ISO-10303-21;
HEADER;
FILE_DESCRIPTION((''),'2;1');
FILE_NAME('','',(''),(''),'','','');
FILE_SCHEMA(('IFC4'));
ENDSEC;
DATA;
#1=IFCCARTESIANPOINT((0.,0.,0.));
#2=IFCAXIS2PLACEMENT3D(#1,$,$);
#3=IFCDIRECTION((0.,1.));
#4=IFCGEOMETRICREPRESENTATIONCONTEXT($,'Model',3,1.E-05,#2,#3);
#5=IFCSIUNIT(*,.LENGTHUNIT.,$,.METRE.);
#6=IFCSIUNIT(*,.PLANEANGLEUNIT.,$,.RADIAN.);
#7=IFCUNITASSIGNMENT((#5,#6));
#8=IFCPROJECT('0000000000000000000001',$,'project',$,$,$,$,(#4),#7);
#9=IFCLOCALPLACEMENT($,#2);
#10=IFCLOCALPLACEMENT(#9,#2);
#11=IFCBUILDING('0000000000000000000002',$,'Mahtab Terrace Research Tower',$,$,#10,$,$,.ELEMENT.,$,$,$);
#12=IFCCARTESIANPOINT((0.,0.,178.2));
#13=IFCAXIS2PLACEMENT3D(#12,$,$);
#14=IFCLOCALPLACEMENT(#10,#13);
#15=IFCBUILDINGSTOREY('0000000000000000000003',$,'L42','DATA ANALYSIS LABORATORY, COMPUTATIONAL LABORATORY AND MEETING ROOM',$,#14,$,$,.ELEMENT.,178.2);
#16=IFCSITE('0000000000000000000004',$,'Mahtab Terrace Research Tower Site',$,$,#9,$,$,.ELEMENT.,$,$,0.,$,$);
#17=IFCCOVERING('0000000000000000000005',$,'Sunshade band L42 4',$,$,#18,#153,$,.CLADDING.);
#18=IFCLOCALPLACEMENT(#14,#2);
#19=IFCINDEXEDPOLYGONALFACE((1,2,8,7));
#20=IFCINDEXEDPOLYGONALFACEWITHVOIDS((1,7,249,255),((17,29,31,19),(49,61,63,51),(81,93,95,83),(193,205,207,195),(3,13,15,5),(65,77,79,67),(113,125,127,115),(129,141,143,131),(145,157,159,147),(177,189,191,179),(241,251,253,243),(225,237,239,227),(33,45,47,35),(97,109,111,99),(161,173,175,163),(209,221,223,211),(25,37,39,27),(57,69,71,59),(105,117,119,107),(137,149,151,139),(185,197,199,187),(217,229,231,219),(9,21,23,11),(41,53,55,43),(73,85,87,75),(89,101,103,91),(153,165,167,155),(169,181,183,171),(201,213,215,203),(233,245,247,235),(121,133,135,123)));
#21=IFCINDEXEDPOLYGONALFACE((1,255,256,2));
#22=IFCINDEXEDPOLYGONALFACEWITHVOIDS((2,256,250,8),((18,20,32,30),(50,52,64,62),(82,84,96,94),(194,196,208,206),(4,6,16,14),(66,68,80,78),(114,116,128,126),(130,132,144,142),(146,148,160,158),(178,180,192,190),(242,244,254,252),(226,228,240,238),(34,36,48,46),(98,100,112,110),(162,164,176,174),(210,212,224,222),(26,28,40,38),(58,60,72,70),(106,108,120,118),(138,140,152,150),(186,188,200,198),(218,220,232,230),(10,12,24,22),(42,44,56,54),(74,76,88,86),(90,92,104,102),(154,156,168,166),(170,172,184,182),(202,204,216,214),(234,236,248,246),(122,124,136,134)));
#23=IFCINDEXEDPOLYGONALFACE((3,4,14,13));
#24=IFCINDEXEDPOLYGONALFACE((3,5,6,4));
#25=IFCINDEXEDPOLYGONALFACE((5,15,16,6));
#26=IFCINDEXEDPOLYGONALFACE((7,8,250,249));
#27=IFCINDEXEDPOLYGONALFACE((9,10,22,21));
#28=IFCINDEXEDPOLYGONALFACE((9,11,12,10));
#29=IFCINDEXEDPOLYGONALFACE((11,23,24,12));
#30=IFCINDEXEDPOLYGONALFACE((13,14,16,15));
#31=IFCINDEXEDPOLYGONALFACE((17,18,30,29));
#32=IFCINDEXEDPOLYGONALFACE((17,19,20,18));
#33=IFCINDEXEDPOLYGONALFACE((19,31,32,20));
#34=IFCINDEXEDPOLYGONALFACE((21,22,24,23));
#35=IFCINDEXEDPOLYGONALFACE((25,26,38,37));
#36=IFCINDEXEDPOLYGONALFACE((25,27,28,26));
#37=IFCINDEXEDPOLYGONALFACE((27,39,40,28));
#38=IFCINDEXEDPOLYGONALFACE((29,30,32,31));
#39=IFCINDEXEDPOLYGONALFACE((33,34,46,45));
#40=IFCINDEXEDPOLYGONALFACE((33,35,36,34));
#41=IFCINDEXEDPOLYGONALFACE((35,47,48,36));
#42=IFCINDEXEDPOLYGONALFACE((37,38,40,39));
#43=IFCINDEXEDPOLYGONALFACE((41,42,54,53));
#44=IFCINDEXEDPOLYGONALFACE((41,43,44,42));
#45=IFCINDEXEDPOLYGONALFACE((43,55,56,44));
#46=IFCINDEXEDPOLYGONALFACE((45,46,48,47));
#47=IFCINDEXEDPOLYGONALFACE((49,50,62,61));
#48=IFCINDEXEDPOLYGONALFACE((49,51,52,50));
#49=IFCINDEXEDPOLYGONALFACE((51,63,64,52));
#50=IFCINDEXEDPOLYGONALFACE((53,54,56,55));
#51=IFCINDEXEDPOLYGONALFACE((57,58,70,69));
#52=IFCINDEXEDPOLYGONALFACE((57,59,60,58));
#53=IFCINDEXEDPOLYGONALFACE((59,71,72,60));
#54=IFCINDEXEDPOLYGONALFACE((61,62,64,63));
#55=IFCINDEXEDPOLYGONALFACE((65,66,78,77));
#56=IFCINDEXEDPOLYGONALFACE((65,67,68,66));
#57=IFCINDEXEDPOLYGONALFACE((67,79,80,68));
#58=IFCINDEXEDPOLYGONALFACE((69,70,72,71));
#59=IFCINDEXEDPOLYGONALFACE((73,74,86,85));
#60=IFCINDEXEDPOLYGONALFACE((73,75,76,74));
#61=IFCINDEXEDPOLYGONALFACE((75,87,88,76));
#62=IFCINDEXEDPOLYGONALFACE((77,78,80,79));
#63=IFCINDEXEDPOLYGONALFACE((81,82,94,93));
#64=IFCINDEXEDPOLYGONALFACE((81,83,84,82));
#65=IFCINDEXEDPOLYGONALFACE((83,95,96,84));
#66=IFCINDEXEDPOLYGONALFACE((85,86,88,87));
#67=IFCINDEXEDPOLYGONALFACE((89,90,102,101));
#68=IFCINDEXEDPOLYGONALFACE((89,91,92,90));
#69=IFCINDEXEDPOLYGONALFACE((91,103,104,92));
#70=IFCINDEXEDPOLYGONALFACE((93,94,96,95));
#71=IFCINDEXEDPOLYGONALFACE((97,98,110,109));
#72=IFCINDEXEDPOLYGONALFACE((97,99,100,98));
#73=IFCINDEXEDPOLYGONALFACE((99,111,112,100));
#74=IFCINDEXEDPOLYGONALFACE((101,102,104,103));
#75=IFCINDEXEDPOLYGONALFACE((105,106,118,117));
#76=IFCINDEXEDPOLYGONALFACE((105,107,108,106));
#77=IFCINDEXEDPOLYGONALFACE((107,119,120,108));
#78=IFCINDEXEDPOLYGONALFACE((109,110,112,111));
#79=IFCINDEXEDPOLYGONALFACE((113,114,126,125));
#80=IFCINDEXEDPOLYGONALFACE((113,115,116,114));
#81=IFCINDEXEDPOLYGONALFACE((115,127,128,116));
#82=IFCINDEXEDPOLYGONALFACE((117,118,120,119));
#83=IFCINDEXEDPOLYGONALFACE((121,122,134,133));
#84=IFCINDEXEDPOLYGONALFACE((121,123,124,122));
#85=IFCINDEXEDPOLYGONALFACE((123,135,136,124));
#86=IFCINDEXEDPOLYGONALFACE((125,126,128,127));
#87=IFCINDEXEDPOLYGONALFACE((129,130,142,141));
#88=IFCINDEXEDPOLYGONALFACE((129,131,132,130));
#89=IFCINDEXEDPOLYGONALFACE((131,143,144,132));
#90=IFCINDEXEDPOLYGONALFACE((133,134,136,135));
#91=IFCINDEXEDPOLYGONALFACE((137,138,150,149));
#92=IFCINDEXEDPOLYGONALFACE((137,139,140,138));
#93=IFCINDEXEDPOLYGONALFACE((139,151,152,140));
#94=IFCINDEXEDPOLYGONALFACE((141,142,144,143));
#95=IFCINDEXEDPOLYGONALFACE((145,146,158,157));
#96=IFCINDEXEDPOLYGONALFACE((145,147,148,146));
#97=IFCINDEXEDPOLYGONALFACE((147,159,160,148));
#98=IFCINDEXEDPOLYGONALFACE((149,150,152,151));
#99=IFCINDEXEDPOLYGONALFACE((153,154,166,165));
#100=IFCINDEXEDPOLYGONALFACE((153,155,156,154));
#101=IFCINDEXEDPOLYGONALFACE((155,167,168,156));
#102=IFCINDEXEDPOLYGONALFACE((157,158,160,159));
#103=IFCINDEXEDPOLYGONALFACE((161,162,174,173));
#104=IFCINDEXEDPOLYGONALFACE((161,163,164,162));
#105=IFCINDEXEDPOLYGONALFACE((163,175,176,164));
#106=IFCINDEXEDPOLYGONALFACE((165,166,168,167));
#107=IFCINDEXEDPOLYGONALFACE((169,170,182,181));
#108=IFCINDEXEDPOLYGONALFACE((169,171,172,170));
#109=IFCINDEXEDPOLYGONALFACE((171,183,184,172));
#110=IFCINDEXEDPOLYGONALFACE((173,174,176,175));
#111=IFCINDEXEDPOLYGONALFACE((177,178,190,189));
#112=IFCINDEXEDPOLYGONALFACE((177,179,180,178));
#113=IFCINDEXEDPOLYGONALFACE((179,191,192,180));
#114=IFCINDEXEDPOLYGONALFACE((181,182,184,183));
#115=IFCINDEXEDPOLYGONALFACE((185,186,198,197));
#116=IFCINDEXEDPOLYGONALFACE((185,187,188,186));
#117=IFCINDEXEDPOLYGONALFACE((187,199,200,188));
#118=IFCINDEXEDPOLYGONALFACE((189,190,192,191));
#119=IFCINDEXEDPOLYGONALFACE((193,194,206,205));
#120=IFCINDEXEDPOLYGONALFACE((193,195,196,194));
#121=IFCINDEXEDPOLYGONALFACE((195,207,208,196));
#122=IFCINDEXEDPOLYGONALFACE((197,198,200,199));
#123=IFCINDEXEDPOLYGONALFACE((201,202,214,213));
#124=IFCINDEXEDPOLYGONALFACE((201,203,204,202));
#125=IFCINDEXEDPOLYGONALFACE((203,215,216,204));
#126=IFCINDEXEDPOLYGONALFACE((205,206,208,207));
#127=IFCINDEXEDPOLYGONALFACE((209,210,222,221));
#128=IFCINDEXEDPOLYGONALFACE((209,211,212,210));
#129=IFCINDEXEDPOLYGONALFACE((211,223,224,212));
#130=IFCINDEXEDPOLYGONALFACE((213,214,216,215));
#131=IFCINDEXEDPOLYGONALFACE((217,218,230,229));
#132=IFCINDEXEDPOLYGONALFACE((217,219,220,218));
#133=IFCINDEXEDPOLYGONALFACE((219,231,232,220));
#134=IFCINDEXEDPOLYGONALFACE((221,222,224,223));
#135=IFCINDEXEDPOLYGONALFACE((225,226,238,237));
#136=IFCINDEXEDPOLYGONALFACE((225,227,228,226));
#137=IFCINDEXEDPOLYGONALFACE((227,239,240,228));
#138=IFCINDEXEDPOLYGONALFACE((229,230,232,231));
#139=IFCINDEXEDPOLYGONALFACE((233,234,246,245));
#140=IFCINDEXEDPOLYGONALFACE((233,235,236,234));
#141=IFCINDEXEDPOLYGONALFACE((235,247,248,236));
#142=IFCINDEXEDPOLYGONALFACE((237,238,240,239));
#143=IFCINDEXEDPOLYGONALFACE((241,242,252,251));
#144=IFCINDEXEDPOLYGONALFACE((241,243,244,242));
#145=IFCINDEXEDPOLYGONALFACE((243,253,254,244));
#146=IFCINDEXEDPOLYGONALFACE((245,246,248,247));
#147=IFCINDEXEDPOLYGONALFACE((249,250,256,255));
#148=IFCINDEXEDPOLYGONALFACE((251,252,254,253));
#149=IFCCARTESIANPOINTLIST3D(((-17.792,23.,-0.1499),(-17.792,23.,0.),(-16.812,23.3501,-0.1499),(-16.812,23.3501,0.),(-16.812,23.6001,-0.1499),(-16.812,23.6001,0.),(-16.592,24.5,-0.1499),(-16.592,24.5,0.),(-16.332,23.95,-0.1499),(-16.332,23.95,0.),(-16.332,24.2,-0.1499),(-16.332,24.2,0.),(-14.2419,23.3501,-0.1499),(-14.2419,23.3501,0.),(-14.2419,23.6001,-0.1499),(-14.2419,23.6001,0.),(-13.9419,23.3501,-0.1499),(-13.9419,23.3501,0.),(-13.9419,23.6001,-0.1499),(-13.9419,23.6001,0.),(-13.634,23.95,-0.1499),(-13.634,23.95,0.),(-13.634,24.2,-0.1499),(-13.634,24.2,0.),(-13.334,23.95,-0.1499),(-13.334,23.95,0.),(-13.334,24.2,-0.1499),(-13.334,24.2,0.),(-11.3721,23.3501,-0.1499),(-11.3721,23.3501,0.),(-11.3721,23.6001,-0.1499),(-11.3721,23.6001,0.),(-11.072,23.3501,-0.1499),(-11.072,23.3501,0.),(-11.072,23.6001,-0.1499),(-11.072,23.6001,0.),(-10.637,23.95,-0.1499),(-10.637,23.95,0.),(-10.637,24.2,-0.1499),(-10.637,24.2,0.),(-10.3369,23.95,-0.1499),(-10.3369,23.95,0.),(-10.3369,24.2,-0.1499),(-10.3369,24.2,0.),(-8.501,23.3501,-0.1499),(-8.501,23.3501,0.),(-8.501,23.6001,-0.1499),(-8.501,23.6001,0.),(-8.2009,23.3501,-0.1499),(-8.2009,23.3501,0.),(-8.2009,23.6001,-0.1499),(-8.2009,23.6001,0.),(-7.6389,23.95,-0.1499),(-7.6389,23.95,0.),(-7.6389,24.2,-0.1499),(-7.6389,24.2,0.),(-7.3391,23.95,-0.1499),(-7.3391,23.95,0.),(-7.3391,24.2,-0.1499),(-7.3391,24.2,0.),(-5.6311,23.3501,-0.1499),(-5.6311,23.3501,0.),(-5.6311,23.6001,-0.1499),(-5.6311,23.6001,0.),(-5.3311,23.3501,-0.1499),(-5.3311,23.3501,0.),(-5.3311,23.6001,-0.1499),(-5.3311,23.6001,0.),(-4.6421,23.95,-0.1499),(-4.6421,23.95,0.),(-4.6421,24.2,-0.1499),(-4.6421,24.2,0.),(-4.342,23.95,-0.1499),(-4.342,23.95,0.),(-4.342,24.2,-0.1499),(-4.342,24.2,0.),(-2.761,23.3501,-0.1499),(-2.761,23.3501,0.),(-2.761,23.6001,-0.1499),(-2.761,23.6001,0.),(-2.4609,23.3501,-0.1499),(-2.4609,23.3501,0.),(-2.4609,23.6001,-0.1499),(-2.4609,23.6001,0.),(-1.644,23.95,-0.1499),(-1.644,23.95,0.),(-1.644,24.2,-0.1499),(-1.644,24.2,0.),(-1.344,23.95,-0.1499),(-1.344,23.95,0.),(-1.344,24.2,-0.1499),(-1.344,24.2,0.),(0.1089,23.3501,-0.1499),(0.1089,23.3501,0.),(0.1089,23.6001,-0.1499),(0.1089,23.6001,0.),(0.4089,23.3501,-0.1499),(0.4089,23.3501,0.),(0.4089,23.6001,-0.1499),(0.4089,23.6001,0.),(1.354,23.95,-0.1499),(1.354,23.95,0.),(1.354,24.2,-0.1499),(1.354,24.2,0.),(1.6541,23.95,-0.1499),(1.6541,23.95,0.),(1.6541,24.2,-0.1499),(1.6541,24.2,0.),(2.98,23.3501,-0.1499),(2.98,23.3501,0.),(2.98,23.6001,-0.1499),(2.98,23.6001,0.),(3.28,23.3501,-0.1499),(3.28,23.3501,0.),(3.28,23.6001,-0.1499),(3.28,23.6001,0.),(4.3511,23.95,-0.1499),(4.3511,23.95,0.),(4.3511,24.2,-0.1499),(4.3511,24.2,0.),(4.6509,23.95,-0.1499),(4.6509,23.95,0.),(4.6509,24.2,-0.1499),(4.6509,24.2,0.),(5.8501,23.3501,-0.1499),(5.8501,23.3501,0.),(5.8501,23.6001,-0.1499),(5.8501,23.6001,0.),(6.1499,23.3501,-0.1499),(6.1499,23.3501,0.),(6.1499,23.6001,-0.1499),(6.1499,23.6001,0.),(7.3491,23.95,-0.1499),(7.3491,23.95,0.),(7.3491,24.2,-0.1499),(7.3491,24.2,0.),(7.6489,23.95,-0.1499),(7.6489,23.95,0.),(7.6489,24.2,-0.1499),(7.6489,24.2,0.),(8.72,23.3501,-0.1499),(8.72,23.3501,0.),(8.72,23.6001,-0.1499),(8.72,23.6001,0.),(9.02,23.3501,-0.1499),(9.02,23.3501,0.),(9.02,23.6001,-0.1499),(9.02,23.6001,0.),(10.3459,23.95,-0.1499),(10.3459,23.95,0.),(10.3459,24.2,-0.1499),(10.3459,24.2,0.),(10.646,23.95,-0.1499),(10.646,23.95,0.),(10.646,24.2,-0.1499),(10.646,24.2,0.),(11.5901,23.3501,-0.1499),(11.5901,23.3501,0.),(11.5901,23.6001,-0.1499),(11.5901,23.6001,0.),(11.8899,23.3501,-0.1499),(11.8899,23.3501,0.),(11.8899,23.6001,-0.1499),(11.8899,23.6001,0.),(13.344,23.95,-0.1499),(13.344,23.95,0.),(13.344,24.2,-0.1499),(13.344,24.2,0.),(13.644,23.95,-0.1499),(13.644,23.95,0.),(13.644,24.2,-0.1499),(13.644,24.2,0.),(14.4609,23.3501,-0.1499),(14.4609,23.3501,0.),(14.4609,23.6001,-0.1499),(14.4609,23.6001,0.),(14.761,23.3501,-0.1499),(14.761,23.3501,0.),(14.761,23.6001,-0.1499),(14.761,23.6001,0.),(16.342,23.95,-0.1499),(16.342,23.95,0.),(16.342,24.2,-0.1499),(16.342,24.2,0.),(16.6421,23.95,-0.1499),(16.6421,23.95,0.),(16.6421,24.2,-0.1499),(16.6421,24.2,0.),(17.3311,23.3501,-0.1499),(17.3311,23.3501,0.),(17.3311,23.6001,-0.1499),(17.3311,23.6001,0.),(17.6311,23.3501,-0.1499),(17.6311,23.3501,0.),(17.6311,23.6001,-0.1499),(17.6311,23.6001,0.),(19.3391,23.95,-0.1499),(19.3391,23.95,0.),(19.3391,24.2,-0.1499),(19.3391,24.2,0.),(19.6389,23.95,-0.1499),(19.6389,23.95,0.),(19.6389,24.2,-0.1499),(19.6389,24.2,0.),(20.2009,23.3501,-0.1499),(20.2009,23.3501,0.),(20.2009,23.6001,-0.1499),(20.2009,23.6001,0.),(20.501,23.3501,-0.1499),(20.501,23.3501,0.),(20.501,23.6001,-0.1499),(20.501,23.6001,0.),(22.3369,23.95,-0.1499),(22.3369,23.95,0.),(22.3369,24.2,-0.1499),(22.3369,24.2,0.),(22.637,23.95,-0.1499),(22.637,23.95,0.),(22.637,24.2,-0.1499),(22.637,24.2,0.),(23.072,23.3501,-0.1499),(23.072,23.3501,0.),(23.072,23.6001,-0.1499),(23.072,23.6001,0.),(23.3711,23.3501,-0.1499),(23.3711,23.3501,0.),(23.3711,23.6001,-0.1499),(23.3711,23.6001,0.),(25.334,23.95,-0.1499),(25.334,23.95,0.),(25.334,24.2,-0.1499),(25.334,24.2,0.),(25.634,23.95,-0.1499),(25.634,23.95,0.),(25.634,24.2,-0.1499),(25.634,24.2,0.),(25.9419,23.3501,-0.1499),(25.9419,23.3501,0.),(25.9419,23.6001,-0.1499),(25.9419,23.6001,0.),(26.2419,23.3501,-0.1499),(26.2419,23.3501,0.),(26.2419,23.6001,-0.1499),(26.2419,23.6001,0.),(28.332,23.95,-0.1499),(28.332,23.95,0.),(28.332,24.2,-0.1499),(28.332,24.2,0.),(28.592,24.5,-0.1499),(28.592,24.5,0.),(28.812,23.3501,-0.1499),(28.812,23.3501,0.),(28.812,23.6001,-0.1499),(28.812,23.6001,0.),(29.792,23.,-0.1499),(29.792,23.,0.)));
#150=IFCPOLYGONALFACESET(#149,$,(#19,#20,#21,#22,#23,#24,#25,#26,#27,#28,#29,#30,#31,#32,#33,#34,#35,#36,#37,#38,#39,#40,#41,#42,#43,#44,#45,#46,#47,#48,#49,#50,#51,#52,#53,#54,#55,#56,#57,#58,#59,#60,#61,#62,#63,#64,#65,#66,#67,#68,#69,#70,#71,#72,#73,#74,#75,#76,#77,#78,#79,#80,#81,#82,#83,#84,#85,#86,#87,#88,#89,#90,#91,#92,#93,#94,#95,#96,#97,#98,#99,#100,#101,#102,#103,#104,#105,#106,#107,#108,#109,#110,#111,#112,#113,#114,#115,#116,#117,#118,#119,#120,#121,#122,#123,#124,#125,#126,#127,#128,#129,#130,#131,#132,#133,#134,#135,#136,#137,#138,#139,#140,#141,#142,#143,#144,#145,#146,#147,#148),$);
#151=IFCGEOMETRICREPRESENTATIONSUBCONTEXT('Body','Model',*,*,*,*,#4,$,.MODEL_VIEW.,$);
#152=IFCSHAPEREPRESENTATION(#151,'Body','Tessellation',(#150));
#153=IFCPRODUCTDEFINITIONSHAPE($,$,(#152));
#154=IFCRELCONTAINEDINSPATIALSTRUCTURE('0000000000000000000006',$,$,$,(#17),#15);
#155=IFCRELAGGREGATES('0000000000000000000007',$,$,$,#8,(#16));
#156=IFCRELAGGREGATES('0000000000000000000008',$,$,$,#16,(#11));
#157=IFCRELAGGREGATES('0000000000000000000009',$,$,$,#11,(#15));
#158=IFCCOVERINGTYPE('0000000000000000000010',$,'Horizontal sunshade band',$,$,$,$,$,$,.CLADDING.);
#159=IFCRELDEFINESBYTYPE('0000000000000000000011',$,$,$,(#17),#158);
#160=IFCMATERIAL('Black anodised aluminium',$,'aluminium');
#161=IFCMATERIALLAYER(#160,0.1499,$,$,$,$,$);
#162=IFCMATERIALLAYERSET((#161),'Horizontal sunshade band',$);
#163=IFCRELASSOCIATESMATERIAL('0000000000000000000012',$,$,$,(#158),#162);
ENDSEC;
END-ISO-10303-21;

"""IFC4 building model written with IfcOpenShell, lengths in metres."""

from ifc_helpers import new_model, si_unit, direction, frame, origin, place, context, subcontext, project, spatial, polyline, outline, extrude, material, layer, layer_set, type_object, element, save


model = new_model("IFC4")

# Units and contexts
model_context = context("Model", 3, precision=1e-05, world=origin(), true_north=direction((0.0, 1.0)))
body_context = subcontext(model_context, "Body", "Model", "MODEL_VIEW")
ifc_project = project(units=[si_unit("LENGTHUNIT", "METRE"), si_unit("PLANEANGLEUNIT", "RADIAN")], contexts=[model_context])

# Site, building, storey
site_placement = place(None, origin())
site = spatial("IfcSite", under=ifc_project, at=site_placement, Name="Mahtab Terrace Research Tower Site", CompositionType="ELEMENT", RefElevation=0.0)
building_placement = place(site_placement, origin())
building = spatial("IfcBuilding", under=site, at=building_placement, Name="Mahtab Terrace Research Tower", CompositionType="ELEMENT")
storey_placement = place(building_placement, frame((0.0, 0.0, 178.2)))
storey = spatial("IfcBuildingStorey", under=building, at=storey_placement, Name="L42", Description="DATA ANALYSIS LABORATORY, COMPUTATIONAL LABORATORY AND MEETING ROOM", CompositionType="ELEMENT", Elevation=178.2)

# Covering
ifc_material_1 = material(Name="Black anodised aluminium", Category="aluminium")
ifc_layer_1 = layer(ifc_material_1, 0.1499)
ifc_layer_set_1 = layer_set([ifc_layer_1], Name="Horizontal sunshade band")
covering_type = type_object("IfcCoveringType", Name="Horizontal sunshade band", PredefinedType="CLADDING", material=ifc_layer_set_1)
covering_1_placement = place(storey_placement, frame((0.0, 0.0, -0.1499)))
element("IfcCovering", 1, at=covering_1_placement, inside=storey, type_object=covering_type, Name="Sunshade band L42 4", PredefinedType="CLADDING", context=body_context, shape_type="SweptSolid", body=[
    extrude(outline(polyline([(29.792, 23.0), (-17.792, 23.0), (-16.592, 24.5), (28.592, 24.5), (29.792, 23.0)]), holes=[polyline([(28.812, 23.3501), (26.2419, 23.3501), (26.2419, 23.6001), (28.812, 23.6001), (28.812, 23.3501)]), polyline([(25.9419, 23.3501), (23.3711, 23.3501), (23.3711, 23.6001), (25.9419, 23.6001), (25.9419, 23.3501)]), polyline([(23.072, 23.3501), (20.501, 23.3501), (20.501, 23.6001), (23.072, 23.6001), (23.072, 23.3501)]), polyline([(20.2009, 23.3501), (17.6311, 23.3501), (17.6311, 23.6001), (20.2009, 23.6001), (20.2009, 23.3501)]), polyline([(17.3311, 23.3501), (14.761, 23.3501), (14.761, 23.6001), (17.3311, 23.6001), (17.3311, 23.3501)]), polyline([(14.4609, 23.3501), (11.8899, 23.3501), (11.8899, 23.6001), (14.4609, 23.6001), (14.4609, 23.3501)]), polyline([(11.5901, 23.3501), (9.02, 23.3501), (9.02, 23.6001), (11.5901, 23.6001), (11.5901, 23.3501)]), polyline([(8.72, 23.3501), (6.1499, 23.3501), (6.1499, 23.6001), (8.72, 23.6001), (8.72, 23.3501)]), polyline([(5.8501, 23.3501), (3.28, 23.3501), (3.28, 23.6001), (5.8501, 23.6001), (5.8501, 23.3501)]), polyline([(2.98, 23.3501), (0.4089, 23.3501), (0.4089, 23.6001), (2.98, 23.6001), (2.98, 23.3501)]), polyline([(0.1089, 23.3501), (-2.4609, 23.3501), (-2.4609, 23.6001), (0.1089, 23.6001), (0.1089, 23.3501)]), polyline([(-2.761, 23.3501), (-5.3311, 23.3501), (-5.3311, 23.6001), (-2.761, 23.6001), (-2.761, 23.3501)]), polyline([(-5.6311, 23.3501), (-8.2009, 23.3501), (-8.2009, 23.6001), (-5.6311, 23.6001), (-5.6311, 23.3501)]), polyline([(-8.501, 23.3501), (-11.072, 23.3501), (-11.072, 23.6001), (-8.501, 23.6001), (-8.501, 23.3501)]), polyline([(-11.3721, 23.3501), (-13.9419, 23.3501), (-13.9419, 23.6001), (-11.3721, 23.6001), (-11.3721, 23.3501)]), polyline([(-14.2419, 23.3501), (-16.812, 23.3501), (-16.812, 23.6001), (-14.2419, 23.6001), (-14.2419, 23.3501)]), polyline([(28.332, 23.95), (25.634, 23.95), (25.634, 24.2), (28.332, 24.2), (28.332, 23.95)]), polyline([(25.334, 23.95), (22.637, 23.95), (22.637, 24.2), (25.334, 24.2), (25.334, 23.95)]), polyline([(22.3369, 23.95), (19.6389, 23.95), (19.6389, 24.2), (22.3369, 24.2), (22.3369, 23.95)]), polyline([(19.3391, 23.95), (16.6421, 23.95), (16.6421, 24.2), (19.3391, 24.2), (19.3391, 23.95)]), polyline([(16.342, 23.95), (13.644, 23.95), (13.644, 24.2), (16.342, 24.2), (16.342, 23.95)]), polyline([(13.344, 23.95), (10.646, 23.95), (10.646, 24.2), (13.344, 24.2), (13.344, 23.95)]), polyline([(10.3459, 23.95), (7.6489, 23.95), (7.6489, 24.2), (10.3459, 24.2), (10.3459, 23.95)]), polyline([(7.3491, 23.95), (4.6509, 23.95), (4.6509, 24.2), (7.3491, 24.2), (7.3491, 23.95)]), polyline([(4.3511, 23.95), (1.6541, 23.95), (1.6541, 24.2), (4.3511, 24.2), (4.3511, 23.95)]), polyline([(1.354, 23.95), (-1.344, 23.95), (-1.344, 24.2), (1.354, 24.2), (1.354, 23.95)]), polyline([(-1.644, 23.95), (-4.342, 23.95), (-4.342, 24.2), (-1.644, 24.2), (-1.644, 23.95)]), polyline([(-4.6421, 23.95), (-7.3391, 23.95), (-7.3391, 24.2), (-4.6421, 24.2), (-4.6421, 23.95)]), polyline([(-7.6389, 23.95), (-10.3369, 23.95), (-10.3369, 24.2), (-7.6389, 24.2), (-7.6389, 23.95)]), polyline([(-10.637, 23.95), (-13.334, 23.95), (-13.334, 24.2), (-10.637, 24.2), (-10.637, 23.95)]), polyline([(-13.634, 23.95), (-16.332, 23.95), (-16.332, 24.2), (-13.634, 24.2), (-13.634, 23.95)])]), origin(), (0.0, 0.0, 1.0), 0.1499),
])

save(model, "model.ifc")
